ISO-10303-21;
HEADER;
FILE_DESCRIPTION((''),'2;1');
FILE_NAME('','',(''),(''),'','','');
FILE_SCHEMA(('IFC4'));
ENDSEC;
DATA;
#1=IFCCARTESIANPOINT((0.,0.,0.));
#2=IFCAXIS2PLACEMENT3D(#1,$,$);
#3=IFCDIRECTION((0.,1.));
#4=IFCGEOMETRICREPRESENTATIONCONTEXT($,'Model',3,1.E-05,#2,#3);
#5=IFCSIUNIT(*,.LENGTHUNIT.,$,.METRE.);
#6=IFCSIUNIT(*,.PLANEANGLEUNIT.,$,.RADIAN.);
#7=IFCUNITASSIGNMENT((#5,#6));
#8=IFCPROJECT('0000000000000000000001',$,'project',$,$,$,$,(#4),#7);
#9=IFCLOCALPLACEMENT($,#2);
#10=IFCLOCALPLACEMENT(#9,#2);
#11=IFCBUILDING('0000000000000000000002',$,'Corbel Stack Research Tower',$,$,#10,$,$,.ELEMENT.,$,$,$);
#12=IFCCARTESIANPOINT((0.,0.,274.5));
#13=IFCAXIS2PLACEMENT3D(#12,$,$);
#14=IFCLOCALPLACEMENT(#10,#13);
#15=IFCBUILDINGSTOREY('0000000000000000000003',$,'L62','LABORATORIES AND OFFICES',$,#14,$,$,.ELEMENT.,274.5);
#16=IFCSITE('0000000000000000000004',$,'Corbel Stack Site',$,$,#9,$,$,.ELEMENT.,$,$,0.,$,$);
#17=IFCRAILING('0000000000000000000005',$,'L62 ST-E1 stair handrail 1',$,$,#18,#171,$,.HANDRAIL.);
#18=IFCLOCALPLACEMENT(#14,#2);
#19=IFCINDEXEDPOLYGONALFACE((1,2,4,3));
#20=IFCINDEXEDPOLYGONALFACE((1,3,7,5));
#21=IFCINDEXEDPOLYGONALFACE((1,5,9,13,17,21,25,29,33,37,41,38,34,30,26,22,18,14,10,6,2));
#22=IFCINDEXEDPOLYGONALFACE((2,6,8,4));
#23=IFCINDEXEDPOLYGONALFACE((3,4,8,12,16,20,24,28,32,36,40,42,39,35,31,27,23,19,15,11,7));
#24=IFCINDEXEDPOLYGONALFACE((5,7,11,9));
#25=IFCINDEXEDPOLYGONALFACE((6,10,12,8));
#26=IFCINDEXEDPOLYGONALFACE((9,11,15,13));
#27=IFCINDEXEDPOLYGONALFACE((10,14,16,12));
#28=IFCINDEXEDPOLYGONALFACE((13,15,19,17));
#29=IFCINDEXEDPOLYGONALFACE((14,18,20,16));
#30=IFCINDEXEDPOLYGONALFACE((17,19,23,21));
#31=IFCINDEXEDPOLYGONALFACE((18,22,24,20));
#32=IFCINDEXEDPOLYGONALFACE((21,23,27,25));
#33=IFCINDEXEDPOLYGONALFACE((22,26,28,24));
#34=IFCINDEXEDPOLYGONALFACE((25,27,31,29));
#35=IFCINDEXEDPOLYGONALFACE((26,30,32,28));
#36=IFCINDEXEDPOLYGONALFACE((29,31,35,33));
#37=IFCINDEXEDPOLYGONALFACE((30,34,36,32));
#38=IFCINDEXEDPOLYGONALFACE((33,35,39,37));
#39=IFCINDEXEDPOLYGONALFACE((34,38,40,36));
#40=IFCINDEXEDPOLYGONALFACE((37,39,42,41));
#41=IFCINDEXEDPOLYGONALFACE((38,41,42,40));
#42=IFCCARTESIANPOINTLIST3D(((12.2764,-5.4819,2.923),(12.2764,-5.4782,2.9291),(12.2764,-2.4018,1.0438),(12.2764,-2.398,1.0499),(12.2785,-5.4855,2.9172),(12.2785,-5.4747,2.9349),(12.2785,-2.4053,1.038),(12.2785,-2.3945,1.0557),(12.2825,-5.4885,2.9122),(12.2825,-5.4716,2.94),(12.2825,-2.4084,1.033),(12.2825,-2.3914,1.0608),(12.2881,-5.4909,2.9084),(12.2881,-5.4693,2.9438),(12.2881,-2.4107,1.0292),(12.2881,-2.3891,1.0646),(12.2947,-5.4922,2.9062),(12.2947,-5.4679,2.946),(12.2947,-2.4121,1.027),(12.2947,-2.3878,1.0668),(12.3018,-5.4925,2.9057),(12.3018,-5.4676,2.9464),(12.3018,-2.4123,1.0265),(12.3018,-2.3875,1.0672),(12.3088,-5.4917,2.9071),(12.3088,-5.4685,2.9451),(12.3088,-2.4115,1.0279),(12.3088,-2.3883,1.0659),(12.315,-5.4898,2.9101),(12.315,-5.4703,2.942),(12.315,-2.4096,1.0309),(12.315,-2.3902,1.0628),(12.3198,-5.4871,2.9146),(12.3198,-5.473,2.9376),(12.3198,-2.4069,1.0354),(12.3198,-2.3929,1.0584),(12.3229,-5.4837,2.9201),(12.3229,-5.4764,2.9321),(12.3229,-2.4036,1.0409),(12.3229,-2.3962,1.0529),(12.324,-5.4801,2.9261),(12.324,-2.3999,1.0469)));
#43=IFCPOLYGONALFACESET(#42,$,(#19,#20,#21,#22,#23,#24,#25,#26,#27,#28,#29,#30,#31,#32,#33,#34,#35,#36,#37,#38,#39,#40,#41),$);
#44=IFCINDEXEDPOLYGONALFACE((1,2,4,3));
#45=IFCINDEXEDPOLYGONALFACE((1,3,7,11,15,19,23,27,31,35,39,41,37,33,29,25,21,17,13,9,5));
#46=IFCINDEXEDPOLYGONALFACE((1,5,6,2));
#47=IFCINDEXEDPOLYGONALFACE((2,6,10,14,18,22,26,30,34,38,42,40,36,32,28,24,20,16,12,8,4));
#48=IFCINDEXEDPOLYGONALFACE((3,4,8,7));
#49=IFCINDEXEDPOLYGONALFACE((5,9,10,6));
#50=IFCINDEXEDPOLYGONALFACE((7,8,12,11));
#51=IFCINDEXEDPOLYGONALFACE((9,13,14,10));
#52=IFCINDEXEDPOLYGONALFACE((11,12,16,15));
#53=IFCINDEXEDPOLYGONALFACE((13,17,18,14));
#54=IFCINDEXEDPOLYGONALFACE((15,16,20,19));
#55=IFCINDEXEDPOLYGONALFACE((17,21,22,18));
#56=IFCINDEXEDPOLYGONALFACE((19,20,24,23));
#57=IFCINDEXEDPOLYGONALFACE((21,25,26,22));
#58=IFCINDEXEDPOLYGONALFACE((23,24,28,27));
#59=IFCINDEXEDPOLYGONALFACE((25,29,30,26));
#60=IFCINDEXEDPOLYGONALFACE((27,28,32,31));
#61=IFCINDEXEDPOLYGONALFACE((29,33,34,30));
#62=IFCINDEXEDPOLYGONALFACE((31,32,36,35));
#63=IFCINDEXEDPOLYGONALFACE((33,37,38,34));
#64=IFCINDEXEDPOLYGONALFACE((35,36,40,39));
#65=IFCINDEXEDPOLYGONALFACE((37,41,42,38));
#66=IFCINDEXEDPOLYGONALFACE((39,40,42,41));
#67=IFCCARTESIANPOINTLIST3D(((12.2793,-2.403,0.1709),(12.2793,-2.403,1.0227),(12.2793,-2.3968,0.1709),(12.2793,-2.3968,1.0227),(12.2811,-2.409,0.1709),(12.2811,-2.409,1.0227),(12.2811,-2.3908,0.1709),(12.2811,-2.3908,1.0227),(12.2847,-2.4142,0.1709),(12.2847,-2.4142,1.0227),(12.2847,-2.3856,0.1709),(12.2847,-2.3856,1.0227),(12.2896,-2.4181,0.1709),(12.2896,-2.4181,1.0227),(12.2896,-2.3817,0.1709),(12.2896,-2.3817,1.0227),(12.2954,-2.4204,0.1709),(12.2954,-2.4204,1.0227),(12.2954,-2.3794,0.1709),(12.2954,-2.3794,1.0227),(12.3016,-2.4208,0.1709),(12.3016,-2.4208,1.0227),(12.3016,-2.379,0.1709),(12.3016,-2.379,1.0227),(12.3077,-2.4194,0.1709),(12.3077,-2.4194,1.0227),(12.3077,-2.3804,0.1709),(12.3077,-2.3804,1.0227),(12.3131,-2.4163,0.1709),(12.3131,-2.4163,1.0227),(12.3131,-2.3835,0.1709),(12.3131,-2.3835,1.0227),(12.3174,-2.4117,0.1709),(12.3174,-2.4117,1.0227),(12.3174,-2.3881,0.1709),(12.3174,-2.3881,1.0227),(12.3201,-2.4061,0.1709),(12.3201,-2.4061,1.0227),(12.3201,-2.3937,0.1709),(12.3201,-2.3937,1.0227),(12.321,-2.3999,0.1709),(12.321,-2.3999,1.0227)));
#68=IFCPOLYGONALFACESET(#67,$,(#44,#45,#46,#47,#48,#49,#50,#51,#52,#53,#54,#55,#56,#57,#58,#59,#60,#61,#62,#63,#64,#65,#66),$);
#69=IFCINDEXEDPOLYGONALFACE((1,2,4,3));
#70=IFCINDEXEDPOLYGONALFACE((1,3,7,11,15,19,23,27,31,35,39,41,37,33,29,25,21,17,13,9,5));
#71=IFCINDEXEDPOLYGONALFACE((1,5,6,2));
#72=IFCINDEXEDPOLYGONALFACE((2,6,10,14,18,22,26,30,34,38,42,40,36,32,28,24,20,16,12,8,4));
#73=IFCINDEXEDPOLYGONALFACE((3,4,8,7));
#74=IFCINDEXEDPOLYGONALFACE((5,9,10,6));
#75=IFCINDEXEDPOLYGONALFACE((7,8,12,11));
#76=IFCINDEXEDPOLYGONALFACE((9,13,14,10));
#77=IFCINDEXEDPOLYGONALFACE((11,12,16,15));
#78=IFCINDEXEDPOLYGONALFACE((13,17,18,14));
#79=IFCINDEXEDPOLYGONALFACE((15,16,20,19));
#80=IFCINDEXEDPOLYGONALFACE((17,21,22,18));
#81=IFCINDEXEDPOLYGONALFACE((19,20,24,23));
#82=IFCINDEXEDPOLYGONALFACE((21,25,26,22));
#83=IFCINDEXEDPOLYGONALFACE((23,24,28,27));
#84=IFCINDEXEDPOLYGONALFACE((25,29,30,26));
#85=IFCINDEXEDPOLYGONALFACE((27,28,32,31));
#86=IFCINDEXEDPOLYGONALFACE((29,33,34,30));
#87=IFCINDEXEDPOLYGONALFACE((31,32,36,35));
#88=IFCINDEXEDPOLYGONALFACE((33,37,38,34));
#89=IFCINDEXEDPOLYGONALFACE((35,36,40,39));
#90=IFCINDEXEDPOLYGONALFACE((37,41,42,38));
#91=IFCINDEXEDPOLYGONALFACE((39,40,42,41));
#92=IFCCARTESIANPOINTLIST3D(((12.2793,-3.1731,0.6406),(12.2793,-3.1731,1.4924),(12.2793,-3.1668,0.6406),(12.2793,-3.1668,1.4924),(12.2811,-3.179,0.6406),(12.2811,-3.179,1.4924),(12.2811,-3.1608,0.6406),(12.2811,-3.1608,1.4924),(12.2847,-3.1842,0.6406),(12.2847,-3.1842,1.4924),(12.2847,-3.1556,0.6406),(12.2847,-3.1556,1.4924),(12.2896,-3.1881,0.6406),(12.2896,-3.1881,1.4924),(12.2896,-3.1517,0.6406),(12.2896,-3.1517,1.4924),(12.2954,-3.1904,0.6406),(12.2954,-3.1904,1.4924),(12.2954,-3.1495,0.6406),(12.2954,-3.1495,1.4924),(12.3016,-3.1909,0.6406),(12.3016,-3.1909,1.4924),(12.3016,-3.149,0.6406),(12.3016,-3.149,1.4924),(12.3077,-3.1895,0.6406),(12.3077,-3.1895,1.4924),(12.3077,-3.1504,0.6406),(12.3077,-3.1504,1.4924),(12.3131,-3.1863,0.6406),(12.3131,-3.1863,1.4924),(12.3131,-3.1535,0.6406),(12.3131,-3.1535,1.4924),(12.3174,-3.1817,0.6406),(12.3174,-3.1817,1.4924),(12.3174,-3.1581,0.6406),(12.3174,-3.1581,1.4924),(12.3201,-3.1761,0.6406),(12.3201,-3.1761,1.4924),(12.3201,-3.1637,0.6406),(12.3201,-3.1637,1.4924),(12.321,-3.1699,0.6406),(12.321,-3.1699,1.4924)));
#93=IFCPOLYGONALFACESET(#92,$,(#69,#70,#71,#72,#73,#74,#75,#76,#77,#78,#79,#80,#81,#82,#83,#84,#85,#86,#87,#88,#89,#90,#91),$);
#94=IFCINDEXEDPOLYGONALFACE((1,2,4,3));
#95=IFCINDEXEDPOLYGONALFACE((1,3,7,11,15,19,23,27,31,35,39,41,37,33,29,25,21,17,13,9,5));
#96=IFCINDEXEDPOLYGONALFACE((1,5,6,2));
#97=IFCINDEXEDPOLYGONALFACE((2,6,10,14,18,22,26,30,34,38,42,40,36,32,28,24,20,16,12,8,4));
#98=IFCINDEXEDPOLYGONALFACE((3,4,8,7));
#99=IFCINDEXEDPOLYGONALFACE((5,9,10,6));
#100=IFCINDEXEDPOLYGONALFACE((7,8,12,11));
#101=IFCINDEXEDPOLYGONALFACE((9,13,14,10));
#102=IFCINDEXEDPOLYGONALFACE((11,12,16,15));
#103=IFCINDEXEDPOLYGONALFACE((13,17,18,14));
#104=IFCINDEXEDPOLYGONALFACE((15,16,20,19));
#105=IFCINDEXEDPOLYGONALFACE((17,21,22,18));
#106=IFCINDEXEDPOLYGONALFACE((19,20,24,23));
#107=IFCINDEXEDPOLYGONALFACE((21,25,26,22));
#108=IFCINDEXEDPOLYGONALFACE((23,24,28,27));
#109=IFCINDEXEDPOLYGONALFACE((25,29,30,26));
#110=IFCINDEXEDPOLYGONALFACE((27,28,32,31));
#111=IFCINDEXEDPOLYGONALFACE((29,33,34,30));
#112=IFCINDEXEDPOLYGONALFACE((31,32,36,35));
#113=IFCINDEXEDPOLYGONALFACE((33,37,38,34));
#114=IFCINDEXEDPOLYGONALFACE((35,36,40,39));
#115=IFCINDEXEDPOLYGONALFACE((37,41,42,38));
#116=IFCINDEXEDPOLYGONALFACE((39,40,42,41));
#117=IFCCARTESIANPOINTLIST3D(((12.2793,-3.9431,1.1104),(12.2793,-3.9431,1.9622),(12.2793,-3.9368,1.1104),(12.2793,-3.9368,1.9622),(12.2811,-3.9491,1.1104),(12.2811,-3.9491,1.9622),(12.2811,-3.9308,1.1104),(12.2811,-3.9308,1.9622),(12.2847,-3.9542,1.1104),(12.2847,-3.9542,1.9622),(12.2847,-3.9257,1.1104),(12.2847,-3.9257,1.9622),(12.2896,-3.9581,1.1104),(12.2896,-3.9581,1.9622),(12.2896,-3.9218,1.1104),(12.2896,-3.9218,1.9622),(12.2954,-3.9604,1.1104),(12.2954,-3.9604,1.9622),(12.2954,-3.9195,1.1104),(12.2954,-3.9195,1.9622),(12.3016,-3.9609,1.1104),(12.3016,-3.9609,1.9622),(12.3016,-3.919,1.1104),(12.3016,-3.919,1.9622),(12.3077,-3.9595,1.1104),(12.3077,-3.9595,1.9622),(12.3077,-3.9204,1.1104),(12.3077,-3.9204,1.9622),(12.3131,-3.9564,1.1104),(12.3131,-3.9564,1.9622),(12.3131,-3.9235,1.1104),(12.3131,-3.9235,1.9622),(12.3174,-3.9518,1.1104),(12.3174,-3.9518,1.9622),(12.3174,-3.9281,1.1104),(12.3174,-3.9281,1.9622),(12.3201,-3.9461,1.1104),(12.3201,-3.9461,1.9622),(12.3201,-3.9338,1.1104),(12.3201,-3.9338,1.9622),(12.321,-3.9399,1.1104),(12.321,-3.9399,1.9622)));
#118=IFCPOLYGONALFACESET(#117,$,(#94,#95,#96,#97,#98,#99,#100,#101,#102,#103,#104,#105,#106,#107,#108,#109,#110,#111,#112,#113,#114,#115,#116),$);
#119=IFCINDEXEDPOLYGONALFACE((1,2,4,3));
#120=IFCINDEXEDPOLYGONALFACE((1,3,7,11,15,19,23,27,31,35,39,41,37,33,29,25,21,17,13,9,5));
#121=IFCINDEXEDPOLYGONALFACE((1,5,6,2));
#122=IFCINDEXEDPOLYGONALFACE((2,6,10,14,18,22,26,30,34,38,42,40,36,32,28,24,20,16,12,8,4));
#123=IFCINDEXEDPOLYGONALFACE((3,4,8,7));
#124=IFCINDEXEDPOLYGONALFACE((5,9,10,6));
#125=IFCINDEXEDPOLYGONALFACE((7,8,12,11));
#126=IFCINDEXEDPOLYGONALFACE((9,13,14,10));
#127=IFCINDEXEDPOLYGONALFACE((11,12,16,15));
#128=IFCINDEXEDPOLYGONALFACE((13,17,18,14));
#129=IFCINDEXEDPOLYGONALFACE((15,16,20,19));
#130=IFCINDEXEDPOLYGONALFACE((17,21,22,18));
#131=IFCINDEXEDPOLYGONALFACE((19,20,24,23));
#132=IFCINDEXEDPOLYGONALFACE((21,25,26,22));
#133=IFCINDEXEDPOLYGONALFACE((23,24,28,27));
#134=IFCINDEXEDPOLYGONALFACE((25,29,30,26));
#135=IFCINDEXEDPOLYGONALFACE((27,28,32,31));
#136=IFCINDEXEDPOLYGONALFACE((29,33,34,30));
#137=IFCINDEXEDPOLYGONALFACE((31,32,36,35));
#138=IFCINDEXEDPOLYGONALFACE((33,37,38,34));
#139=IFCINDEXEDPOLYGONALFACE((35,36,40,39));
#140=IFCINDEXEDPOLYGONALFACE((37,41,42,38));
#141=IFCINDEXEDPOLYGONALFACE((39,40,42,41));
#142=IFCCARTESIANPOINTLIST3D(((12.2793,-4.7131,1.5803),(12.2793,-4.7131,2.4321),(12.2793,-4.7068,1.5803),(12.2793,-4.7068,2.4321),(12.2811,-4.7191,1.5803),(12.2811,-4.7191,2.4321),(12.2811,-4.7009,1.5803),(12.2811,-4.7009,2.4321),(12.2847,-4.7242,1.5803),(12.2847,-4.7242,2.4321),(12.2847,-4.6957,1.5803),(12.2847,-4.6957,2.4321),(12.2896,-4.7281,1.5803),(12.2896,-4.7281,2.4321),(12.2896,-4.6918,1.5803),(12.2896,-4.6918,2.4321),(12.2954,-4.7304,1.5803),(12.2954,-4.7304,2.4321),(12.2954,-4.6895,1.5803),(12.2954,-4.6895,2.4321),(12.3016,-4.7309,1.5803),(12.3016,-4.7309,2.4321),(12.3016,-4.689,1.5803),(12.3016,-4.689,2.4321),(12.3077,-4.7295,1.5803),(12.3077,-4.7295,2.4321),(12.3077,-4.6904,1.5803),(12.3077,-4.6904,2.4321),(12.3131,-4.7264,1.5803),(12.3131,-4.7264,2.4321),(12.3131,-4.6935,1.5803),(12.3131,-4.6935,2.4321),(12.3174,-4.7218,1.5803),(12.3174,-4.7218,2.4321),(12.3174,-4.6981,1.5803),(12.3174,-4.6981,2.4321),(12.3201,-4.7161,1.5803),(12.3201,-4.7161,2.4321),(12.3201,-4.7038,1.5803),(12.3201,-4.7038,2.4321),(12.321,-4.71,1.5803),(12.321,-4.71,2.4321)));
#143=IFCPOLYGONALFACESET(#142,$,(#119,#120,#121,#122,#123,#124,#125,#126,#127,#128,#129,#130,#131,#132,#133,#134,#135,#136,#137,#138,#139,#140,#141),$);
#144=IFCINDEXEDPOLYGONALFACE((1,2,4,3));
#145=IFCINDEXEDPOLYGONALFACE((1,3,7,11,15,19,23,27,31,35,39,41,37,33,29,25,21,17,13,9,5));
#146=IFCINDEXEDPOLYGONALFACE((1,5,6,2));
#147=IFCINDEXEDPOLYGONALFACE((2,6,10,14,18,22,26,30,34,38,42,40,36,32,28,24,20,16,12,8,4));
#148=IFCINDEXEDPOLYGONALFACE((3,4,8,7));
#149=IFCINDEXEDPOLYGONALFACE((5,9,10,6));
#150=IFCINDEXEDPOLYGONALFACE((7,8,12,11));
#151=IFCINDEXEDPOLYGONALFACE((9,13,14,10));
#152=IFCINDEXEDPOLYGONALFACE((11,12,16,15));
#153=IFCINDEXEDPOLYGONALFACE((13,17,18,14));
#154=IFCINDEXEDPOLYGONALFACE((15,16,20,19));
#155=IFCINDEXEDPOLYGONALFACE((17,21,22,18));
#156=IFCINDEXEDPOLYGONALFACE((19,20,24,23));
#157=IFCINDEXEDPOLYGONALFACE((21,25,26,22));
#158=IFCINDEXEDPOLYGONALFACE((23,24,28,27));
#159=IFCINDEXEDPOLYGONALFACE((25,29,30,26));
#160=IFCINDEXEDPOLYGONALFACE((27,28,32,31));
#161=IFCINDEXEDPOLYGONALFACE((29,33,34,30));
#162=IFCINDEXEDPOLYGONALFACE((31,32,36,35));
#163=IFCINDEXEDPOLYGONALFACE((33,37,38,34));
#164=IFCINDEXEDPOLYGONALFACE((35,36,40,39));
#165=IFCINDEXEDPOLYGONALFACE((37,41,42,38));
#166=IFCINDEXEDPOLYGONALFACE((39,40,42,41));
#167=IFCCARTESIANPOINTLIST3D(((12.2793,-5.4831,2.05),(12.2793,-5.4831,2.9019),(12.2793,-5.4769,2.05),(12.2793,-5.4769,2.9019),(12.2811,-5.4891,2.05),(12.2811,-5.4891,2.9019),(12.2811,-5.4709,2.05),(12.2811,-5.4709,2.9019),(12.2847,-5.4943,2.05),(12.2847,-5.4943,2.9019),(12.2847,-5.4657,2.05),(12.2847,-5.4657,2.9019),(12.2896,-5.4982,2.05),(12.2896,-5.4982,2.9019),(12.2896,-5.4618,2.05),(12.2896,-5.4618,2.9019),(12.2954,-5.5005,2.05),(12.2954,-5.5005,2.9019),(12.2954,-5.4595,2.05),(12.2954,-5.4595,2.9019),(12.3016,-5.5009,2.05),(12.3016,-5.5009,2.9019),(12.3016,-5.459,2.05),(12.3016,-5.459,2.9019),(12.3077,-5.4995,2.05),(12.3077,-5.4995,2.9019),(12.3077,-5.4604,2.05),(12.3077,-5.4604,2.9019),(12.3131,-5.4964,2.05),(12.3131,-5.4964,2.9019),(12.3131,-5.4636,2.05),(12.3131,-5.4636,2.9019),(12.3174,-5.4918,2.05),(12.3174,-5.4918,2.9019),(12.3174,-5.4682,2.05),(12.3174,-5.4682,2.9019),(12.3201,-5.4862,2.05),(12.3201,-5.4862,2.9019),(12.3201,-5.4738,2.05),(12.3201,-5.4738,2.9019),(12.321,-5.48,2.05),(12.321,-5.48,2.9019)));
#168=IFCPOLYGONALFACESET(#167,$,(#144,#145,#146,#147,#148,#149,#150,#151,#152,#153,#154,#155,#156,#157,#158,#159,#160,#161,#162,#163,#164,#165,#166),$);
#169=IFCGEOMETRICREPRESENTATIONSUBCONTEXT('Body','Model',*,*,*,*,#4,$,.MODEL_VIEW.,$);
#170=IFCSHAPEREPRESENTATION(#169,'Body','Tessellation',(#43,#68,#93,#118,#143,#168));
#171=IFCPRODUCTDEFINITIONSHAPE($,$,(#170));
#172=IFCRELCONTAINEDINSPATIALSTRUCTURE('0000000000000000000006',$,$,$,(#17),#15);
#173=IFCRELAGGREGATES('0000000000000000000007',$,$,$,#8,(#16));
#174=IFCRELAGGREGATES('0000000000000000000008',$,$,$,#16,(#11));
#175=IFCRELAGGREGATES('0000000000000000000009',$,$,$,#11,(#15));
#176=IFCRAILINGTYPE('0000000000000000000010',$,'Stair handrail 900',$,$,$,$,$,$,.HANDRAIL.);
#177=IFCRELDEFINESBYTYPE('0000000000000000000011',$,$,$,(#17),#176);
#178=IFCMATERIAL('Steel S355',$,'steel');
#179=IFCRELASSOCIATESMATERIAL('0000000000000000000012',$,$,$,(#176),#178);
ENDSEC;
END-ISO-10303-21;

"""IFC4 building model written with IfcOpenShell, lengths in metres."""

from ifc_helpers import new_model, si_unit, direction, frame, origin, origin_2d, place, context, subcontext, project, spatial, circle, extrude, material, type_object, element, save


model = new_model("IFC4")

# Units and contexts
model_context = context("Model", 3, precision=1e-05, world=origin(), true_north=direction((0.0, 1.0)))
body_context = subcontext(model_context, "Body", "Model", "MODEL_VIEW")
ifc_project = project(units=[si_unit("LENGTHUNIT", "METRE"), si_unit("PLANEANGLEUNIT", "RADIAN")], contexts=[model_context])

# Site, building, storey
site_placement = place(None, origin())
site = spatial("IfcSite", under=ifc_project, at=site_placement, Name="Corbel Stack Site", CompositionType="ELEMENT", RefElevation=0.0)
building_placement = place(site_placement, origin())
building = spatial("IfcBuilding", under=site, at=building_placement, Name="Corbel Stack Research Tower", CompositionType="ELEMENT")
storey_placement = place(building_placement, frame((0.0, 0.0, 274.5)))
storey = spatial("IfcBuildingStorey", under=building, at=storey_placement, Name="L62", Description="LABORATORIES AND OFFICES", CompositionType="ELEMENT", Elevation=274.5)

# Railing
ifc_material_1 = material(Name="Steel S355", Category="steel")
railing_type_1 = type_object("IfcRailingType", Name="Stair handrail 900", PredefinedType="HANDRAIL", material=ifc_material_1)
railing_1_placement = place(storey_placement, frame((12.3, -2.3999, 0.1709)))
element("IfcRailing", 1, at=railing_1_placement, inside=storey, type_object=railing_type_1, Name="L62 ST-E1 stair handrail 1", PredefinedType="HANDRAIL", context=body_context, shape_type="SweptSolid", body=[
    extrude(circle(Radius=0.0239, at=origin_2d()), frame((0.0, 0.0, 0.876), z_axis=(0.0, -0.853666, 0.52082), x_axis=(1.0, 0.0, 0.0)), (0.0, 0.0, 1.0), 3.6082),
    extrude(circle(Radius=0.021, at=origin_2d()), origin(), (0.0, 0.0, 1.0), 0.8518),
    extrude(circle(Radius=0.021, at=origin_2d()), frame((0.0, -0.77, 0.4697)), (0.0, 0.0, 1.0), 0.8518),
    extrude(circle(Radius=0.021, at=origin_2d()), frame((0.0, -1.54, 0.9395)), (0.0, 0.0, 1.0), 0.8518),
    extrude(circle(Radius=0.021, at=origin_2d()), frame((0.0, -2.3101, 1.4094)), (0.0, 0.0, 1.0), 0.8518),
    extrude(circle(Radius=0.021, at=origin_2d()), frame((0.0, -3.0801, 1.8792)), (0.0, 0.0, 1.0), 0.8518),
])

save(model, "model.ifc")
